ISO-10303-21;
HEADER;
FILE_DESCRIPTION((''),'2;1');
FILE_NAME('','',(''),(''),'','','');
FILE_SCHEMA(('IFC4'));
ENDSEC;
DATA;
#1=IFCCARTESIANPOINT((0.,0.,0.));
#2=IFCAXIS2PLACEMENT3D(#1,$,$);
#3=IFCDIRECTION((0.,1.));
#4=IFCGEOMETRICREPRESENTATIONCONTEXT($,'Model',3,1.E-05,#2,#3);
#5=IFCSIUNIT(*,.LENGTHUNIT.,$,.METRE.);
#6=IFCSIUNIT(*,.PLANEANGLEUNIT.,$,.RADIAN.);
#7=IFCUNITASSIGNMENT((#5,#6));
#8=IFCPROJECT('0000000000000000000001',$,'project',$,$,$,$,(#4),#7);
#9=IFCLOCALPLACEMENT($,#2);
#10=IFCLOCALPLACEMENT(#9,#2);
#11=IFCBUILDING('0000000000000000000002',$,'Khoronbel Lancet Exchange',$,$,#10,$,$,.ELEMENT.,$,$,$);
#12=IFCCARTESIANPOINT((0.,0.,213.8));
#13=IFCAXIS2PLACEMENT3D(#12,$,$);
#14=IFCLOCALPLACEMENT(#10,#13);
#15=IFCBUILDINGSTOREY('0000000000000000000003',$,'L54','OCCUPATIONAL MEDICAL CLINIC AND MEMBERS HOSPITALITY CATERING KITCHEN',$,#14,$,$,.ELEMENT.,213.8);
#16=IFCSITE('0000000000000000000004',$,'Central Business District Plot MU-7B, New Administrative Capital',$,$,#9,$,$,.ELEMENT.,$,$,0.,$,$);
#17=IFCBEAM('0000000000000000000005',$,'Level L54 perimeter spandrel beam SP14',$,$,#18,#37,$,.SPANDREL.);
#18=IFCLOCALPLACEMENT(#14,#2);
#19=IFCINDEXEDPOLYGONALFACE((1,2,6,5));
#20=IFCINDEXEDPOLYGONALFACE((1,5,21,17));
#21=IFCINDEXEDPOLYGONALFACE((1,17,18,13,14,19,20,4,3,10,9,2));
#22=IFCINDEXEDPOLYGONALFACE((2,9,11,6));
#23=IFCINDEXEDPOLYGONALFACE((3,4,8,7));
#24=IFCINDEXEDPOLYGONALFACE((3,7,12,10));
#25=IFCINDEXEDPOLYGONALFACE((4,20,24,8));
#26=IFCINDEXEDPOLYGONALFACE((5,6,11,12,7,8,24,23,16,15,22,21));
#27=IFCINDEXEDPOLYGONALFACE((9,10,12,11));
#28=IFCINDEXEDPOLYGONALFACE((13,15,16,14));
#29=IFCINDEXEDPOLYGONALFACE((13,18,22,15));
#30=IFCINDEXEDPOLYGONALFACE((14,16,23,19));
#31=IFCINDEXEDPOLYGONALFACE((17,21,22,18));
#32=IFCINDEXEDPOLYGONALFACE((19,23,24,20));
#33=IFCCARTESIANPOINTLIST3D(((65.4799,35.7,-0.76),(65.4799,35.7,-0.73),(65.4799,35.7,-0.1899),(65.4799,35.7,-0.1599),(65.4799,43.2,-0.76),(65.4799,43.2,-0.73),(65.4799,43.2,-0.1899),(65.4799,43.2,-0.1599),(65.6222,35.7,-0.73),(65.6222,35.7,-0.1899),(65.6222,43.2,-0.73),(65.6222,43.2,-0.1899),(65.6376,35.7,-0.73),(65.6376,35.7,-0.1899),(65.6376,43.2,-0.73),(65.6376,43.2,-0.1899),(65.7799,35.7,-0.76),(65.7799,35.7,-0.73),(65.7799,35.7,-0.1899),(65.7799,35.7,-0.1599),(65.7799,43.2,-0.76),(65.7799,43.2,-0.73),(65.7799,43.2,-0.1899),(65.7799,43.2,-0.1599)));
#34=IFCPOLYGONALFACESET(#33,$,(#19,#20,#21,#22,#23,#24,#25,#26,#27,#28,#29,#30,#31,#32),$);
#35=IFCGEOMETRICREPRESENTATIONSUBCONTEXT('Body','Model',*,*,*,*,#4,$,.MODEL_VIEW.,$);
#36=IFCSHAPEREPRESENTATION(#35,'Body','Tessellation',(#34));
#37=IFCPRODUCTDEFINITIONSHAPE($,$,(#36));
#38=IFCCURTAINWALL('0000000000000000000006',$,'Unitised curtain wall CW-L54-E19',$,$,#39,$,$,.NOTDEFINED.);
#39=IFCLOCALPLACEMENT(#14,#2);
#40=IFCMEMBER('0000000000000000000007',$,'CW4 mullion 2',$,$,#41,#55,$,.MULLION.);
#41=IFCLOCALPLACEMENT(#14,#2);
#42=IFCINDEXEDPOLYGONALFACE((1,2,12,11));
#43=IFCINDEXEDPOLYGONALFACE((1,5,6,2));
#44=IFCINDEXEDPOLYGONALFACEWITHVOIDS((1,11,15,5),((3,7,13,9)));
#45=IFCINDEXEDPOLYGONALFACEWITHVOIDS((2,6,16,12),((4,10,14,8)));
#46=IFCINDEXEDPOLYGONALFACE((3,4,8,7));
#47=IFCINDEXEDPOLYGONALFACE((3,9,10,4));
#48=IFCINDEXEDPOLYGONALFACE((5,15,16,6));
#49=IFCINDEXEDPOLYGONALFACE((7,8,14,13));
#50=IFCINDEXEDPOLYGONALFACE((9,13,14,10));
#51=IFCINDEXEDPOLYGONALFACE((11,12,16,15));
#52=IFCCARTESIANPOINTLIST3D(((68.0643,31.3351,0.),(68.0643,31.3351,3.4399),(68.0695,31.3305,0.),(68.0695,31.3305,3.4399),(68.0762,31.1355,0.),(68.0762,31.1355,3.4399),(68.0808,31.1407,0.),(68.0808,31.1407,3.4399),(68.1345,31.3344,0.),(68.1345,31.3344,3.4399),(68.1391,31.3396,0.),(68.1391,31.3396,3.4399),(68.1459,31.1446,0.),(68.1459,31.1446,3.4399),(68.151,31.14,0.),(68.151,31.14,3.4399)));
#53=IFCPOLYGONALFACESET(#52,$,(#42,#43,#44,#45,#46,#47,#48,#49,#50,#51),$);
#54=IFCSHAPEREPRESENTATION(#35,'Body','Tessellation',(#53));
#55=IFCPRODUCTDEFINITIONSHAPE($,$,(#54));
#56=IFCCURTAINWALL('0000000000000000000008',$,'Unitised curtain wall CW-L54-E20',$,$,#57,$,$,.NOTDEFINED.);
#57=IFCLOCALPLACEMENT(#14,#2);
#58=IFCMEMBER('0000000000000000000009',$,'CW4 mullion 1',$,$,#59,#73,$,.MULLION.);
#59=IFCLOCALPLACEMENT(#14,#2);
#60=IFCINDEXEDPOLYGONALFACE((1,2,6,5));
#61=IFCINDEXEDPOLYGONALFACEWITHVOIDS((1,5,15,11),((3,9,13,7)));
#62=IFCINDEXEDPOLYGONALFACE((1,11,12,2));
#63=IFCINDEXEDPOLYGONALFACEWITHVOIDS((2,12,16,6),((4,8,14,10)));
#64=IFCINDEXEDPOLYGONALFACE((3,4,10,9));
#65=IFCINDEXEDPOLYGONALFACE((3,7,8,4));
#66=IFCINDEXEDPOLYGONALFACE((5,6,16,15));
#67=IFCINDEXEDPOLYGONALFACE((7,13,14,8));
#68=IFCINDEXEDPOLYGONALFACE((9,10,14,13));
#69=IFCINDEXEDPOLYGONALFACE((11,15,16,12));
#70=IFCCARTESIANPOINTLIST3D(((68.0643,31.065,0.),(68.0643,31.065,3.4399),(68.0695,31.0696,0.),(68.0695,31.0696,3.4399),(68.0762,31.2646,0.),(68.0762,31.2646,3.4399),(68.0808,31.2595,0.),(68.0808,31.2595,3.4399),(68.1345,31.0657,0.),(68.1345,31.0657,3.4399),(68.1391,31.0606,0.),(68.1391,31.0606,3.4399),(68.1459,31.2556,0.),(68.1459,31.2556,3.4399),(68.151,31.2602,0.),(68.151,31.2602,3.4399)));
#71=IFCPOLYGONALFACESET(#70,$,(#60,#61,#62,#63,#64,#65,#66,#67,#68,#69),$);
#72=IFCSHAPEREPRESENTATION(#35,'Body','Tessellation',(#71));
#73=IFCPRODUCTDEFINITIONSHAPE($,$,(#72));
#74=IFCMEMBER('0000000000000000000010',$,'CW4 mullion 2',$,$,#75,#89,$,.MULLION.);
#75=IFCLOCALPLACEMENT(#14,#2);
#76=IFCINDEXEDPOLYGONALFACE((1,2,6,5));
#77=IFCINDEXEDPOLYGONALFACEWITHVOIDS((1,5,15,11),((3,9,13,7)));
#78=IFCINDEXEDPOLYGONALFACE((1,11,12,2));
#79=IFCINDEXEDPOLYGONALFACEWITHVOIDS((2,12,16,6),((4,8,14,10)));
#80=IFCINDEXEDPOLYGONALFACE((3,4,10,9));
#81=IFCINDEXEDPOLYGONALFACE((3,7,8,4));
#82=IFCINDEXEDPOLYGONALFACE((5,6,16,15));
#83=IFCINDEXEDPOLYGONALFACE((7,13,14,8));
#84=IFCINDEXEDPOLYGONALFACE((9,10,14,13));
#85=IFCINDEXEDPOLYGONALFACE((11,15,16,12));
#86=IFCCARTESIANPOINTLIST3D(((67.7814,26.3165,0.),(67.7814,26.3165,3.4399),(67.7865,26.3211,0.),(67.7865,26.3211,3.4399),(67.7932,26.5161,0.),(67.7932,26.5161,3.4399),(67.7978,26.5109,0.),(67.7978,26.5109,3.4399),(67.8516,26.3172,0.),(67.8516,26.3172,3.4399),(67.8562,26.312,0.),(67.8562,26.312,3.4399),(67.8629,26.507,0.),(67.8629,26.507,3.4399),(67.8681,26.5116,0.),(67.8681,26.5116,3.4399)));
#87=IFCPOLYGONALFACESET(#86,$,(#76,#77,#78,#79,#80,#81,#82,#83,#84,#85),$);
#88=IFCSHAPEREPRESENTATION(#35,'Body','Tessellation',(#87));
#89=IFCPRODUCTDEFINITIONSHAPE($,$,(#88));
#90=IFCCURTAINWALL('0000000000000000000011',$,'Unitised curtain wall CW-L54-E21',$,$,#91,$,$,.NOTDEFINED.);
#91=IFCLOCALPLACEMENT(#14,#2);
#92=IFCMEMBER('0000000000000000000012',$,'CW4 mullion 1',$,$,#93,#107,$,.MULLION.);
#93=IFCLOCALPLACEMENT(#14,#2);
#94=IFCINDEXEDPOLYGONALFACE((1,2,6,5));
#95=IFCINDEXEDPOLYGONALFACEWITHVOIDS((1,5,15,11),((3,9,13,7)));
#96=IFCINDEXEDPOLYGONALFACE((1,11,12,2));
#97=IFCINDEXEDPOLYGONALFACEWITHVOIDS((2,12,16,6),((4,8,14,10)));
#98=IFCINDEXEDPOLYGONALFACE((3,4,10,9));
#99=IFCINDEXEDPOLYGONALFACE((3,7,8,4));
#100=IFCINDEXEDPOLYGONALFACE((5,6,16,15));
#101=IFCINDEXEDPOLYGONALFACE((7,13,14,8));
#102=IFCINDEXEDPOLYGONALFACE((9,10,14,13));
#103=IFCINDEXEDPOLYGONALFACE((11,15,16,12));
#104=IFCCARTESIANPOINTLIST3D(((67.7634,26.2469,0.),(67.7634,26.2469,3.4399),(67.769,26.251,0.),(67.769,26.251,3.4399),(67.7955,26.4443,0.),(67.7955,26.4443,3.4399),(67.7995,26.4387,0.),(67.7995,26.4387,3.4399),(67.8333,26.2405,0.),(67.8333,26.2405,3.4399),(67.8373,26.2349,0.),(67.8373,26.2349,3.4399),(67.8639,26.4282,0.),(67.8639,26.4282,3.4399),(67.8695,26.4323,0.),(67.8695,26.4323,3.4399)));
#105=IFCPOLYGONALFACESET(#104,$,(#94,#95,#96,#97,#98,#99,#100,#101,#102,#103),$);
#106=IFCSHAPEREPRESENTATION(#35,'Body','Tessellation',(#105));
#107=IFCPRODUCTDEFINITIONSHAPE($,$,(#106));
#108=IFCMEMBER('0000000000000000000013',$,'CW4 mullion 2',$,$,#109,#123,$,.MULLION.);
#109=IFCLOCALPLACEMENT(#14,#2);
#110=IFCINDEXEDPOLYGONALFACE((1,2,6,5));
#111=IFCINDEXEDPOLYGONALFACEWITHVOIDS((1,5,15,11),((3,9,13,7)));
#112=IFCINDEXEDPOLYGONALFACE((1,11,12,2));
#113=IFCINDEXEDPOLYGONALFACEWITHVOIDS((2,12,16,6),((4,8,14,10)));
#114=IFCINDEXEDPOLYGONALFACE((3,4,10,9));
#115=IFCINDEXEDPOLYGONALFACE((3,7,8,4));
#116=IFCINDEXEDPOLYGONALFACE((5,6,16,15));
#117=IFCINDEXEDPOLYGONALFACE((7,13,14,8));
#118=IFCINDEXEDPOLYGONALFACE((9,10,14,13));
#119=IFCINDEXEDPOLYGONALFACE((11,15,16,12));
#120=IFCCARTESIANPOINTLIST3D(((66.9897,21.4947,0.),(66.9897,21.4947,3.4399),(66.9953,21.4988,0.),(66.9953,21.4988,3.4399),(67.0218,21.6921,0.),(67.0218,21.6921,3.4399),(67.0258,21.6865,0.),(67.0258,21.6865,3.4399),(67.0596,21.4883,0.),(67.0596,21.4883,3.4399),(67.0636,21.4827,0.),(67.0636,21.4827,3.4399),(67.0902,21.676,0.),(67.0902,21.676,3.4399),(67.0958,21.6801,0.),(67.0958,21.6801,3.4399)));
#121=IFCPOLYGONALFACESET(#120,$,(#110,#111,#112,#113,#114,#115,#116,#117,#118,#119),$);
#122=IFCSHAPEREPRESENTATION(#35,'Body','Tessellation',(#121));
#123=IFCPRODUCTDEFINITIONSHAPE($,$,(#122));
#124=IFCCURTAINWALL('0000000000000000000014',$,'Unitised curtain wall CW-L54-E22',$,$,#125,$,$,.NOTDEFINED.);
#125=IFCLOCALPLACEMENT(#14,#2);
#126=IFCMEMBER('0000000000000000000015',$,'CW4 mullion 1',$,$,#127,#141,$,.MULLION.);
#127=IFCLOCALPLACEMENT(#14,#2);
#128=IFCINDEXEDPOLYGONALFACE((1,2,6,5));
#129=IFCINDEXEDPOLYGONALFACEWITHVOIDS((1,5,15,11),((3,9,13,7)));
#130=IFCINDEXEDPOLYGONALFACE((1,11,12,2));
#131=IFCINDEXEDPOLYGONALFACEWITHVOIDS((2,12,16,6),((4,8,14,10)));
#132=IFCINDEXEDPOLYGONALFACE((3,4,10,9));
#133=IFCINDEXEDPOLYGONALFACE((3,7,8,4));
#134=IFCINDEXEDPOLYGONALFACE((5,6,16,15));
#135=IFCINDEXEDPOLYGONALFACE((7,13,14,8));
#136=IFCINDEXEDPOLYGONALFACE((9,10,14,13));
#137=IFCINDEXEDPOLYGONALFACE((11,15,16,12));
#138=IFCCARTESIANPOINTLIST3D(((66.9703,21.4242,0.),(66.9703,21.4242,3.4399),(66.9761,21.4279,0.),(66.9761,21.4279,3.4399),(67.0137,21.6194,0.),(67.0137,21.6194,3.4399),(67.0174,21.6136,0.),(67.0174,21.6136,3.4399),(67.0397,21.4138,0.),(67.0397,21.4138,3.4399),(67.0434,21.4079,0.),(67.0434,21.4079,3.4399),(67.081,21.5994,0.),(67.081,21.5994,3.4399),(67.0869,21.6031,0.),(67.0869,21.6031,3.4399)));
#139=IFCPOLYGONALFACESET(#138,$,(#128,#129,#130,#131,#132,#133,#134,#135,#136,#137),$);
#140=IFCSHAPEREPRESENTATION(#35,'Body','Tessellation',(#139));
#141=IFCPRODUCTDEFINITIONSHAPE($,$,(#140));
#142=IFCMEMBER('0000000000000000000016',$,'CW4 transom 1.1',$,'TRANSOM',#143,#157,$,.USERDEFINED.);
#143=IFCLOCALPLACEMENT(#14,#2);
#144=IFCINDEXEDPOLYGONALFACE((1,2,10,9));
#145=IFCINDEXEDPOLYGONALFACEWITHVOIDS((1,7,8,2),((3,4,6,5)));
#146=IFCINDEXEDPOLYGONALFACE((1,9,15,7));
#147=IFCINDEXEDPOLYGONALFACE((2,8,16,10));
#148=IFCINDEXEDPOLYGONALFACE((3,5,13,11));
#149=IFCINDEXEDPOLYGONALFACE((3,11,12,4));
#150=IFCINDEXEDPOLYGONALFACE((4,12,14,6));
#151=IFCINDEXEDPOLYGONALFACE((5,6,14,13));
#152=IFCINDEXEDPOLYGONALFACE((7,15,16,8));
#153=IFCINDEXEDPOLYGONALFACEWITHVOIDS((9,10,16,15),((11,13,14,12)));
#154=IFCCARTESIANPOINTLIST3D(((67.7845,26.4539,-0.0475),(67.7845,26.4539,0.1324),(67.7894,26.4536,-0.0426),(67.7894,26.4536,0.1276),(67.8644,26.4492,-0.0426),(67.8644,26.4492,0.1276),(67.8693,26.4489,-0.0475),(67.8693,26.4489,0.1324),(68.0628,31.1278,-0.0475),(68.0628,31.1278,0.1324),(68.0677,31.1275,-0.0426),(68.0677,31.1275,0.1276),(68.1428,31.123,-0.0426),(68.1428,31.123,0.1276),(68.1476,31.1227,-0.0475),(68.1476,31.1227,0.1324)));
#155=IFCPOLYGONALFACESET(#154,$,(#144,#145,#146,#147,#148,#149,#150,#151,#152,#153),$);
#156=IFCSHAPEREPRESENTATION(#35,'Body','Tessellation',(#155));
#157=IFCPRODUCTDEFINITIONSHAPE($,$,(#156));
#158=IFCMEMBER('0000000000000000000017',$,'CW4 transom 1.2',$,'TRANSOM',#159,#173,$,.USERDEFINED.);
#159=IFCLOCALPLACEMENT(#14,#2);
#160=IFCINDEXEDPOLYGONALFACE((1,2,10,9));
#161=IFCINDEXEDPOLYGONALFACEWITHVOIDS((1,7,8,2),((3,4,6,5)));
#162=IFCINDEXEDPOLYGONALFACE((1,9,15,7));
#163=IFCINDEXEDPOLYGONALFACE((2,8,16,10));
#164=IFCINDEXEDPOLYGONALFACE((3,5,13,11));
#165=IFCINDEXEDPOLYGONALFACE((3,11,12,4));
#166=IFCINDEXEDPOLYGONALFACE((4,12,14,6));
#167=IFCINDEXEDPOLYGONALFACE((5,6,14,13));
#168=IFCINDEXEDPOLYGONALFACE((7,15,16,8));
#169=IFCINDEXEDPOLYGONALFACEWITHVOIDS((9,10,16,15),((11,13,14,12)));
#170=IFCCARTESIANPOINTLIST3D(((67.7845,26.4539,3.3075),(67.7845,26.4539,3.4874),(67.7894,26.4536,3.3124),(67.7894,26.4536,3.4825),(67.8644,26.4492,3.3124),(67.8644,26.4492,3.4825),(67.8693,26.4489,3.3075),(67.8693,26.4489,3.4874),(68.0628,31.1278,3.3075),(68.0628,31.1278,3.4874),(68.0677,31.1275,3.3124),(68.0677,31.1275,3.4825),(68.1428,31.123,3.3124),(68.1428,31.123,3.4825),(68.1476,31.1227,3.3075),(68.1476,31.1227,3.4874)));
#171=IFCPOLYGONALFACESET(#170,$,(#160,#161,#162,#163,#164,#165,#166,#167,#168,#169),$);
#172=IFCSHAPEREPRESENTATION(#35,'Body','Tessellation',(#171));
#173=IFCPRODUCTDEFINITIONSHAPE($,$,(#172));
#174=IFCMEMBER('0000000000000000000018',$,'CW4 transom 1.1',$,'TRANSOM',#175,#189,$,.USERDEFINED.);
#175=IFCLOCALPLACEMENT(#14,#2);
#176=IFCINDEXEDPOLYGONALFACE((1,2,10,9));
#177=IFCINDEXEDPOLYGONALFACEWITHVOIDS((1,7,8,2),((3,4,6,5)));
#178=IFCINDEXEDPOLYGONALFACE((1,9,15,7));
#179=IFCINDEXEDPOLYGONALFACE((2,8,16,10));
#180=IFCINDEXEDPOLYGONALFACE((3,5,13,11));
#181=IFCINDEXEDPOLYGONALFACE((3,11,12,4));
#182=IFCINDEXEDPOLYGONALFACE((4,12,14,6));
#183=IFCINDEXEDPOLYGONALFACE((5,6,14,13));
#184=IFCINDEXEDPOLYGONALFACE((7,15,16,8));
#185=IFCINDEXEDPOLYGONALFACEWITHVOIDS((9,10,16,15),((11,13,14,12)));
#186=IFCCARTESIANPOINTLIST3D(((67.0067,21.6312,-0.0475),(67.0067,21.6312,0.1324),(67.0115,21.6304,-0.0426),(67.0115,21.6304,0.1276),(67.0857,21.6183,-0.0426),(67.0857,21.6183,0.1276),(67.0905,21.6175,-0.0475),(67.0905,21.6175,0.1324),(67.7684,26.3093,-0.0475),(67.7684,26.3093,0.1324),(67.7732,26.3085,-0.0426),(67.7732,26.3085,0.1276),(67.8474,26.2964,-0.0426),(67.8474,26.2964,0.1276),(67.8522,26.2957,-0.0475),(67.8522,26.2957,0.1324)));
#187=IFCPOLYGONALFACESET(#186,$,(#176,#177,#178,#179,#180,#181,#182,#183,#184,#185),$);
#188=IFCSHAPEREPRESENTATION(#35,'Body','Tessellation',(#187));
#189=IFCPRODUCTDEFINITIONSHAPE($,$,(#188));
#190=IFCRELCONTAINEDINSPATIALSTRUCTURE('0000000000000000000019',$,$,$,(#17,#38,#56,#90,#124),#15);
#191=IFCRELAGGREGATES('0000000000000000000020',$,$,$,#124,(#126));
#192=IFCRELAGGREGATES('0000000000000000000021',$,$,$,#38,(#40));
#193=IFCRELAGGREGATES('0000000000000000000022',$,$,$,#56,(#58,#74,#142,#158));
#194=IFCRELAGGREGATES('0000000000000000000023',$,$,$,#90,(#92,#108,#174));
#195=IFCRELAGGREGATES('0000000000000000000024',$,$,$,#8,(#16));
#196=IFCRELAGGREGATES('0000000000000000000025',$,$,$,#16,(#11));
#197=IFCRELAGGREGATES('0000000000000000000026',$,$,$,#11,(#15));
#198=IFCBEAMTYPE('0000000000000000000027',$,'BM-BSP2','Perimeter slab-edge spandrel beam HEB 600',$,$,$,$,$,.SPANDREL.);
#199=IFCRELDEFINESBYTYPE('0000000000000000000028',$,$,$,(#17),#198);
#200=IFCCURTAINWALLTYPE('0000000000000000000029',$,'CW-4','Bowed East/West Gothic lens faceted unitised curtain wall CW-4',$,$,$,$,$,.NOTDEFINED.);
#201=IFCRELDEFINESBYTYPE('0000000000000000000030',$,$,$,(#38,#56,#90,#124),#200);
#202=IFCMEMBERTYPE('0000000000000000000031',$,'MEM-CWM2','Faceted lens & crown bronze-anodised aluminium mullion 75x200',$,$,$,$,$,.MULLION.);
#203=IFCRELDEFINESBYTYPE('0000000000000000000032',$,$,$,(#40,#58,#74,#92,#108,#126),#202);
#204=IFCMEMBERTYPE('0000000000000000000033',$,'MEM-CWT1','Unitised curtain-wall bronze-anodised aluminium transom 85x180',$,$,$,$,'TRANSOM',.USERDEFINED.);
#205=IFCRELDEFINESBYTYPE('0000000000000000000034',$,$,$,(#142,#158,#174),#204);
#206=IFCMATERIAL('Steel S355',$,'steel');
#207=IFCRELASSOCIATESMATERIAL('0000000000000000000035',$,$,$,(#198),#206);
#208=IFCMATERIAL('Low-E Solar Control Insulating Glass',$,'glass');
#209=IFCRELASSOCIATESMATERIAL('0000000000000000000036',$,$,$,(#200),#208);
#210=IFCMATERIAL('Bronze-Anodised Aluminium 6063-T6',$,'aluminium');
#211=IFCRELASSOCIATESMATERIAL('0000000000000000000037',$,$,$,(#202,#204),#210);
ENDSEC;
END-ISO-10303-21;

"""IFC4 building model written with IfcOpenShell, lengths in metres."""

from ifc_helpers import new_model, si_unit, direction, frame, origin, origin_2d, place, context, subcontext, project, spatial, hollow_rectangle, i_section, extrude, material, material_profile, profile_set, type_object, element, aggregate, save


model = new_model("IFC4")

# Units and contexts
model_context = context("Model", 3, precision=1e-05, world=origin(), true_north=direction((0.0, 1.0)))
body_context = subcontext(model_context, "Body", "Model", "MODEL_VIEW")
ifc_project = project(units=[si_unit("LENGTHUNIT", "METRE"), si_unit("PLANEANGLEUNIT", "RADIAN")], contexts=[model_context])

# Site, building, storey
site_placement = place(None, origin())
site = spatial("IfcSite", under=ifc_project, at=site_placement, Name="Central Business District Plot MU-7B, New Administrative Capital", CompositionType="ELEMENT", RefElevation=0.0)
building_placement = place(site_placement, origin())
building = spatial("IfcBuilding", under=site, at=building_placement, Name="Khoronbel Lancet Exchange", CompositionType="ELEMENT")
storey_placement = place(building_placement, frame((0.0, 0.0, 213.8)))
storey = spatial("IfcBuildingStorey", under=building, at=storey_placement, Name="L54", Description="OCCUPATIONAL MEDICAL CLINIC AND MEMBERS HOSPITALITY CATERING KITCHEN", CompositionType="ELEMENT", Elevation=213.8)

# Shared definitions
ifc_material_1 = material(Name="Steel S355", Category="steel")

# Beam
ifc_material_profile_1 = material_profile(ifc_material_1, i_section(OverallWidth=0.3, OverallDepth=0.6001, WebThickness=0.0154, FlangeThickness=0.03, at=origin_2d()), Name="HEB 600")
ifc_profile_set_1 = profile_set([ifc_material_profile_1], Name="Steel S355")
beam_type_1 = type_object("IfcBeamType", Name="BM-BSP2", Description="Perimeter slab-edge spandrel beam HEB 600", PredefinedType="SPANDREL", material=ifc_profile_set_1)
beam_1_placement = place(storey_placement, frame((65.6299, 35.7, -0.46), z_axis=(0.0, 1.0, 0.0), x_axis=(-1.0, 0.0, 0.0)))
element("IfcBeam", 1, at=beam_1_placement, inside=storey, type_object=beam_type_1, Name="Level L54 perimeter spandrel beam SP14", PredefinedType="SPANDREL", context=body_context, shape_type="SweptSolid", body=[
    extrude(i_section(OverallWidth=0.3, OverallDepth=0.6001, WebThickness=0.0154, FlangeThickness=0.03, at=origin_2d()), origin(), (0.0, 0.0, 1.0), 7.5),
])

# Curtain wall, member
ifc_material_2 = material(Name="Low-E Solar Control Insulating Glass", Category="glass")
curtain_wall_type = type_object("IfcCurtainWallType", Name="CW-4", Description="Bowed East/West Gothic lens faceted unitised curtain wall CW-4", PredefinedType="NOTDEFINED", material=ifc_material_2)
curtain_wall_1_placement = place(storey_placement, origin())
curtain_wall_1 = element("IfcCurtainWall", 2, at=curtain_wall_1_placement, inside=storey, type_object=curtain_wall_type, Name="Unitised curtain wall CW-L54-E19", PredefinedType="NOTDEFINED")
ifc_material_3 = material(Name="Bronze-Anodised Aluminium 6063-T6", Category="aluminium")
ifc_material_profile_2 = material_profile(ifc_material_3, hollow_rectangle(XDim=0.075, YDim=0.2, WallThickness=0.0049, at=origin_2d()), Name="ALU MULLION 75x200")
ifc_profile_set_2 = profile_set([ifc_material_profile_2], Name="Bronze-Anodised Aluminium 6063-T6")
member_type_1 = type_object("IfcMemberType", Name="MEM-CWM2", Description="Faceted lens & crown bronze-anodised aluminium mullion 75x200", PredefinedType="MULLION", material=ifc_profile_set_2)
member_1_placement = place(storey_placement, frame((68.1077, 31.2375, 0.0), z_axis=(0.0, 0.0, 1.0), x_axis=(0.99823, 0.059479, 0.0)))
member_1 = element("IfcMember", 3, at=member_1_placement, type_object=member_type_1, Name="CW4 mullion 2", PredefinedType="MULLION", context=body_context, shape_type="SweptSolid", body=[
    extrude(hollow_rectangle(XDim=0.075, YDim=0.2, WallThickness=0.0049, at=origin_2d()), origin(), (0.0, 0.0, 1.0), 3.4399),
])

# Curtain walls, members
curtain_wall_2_placement = place(storey_placement, origin())
curtain_wall_2 = element("IfcCurtainWall", 4, at=curtain_wall_2_placement, inside=storey, type_object=curtain_wall_type, Name="Unitised curtain wall CW-L54-E20", PredefinedType="NOTDEFINED")
member_2_placement = place(storey_placement, frame((68.1077, 31.1626, 0.0), z_axis=(0.0, 0.0, 1.0), x_axis=(0.99823, -0.059479, 0.0)))
member_2 = element("IfcMember", 5, at=member_2_placement, type_object=member_type_1, Name="CW4 mullion 1", PredefinedType="MULLION", context=body_context, shape_type="SweptSolid", body=[
    extrude(hollow_rectangle(XDim=0.075, YDim=0.2, WallThickness=0.0049, at=origin_2d()), origin(), (0.0, 0.0, 1.0), 3.4399),
])
member_3_placement = place(storey_placement, frame((67.8247, 26.4141, 0.0), z_axis=(0.0, 0.0, 1.0), x_axis=(0.99823, -0.059479, 0.0)))
member_3 = element("IfcMember", 6, at=member_3_placement, type_object=member_type_1, Name="CW4 mullion 2", PredefinedType="MULLION", context=body_context, shape_type="SweptSolid", body=[
    extrude(hollow_rectangle(XDim=0.075, YDim=0.2, WallThickness=0.0049, at=origin_2d()), origin(), (0.0, 0.0, 1.0), 3.4399),
])
curtain_wall_3_placement = place(storey_placement, origin())
curtain_wall_3 = element("IfcCurtainWall", 7, at=curtain_wall_3_placement, inside=storey, type_object=curtain_wall_type, Name="Unitised curtain wall CW-L54-E21", PredefinedType="NOTDEFINED")
member_4_placement = place(storey_placement, frame((67.8164, 26.3396, 0.0), z_axis=(0.0, 0.0, 1.0), x_axis=(0.987003, -0.1607, 0.0)))
member_4 = element("IfcMember", 8, at=member_4_placement, type_object=member_type_1, Name="CW4 mullion 1", PredefinedType="MULLION", context=body_context, shape_type="SweptSolid", body=[
    extrude(hollow_rectangle(XDim=0.075, YDim=0.2, WallThickness=0.0049, at=origin_2d()), origin(), (0.0, 0.0, 1.0), 3.4399),
])
member_5_placement = place(storey_placement, frame((67.0427, 21.5874, 0.0), z_axis=(0.0, 0.0, 1.0), x_axis=(0.987003, -0.1607, 0.0)))
member_5 = element("IfcMember", 9, at=member_5_placement, type_object=member_type_1, Name="CW4 mullion 2", PredefinedType="MULLION", context=body_context, shape_type="SweptSolid", body=[
    extrude(hollow_rectangle(XDim=0.075, YDim=0.2, WallThickness=0.0049, at=origin_2d()), origin(), (0.0, 0.0, 1.0), 3.4399),
])

# Curtain wall, member
curtain_wall_4_placement = place(storey_placement, origin())
curtain_wall_4 = element("IfcCurtainWall", 10, at=curtain_wall_4_placement, inside=storey, type_object=curtain_wall_type, Name="Unitised curtain wall CW-L54-E22", PredefinedType="NOTDEFINED")
member_6_placement = place(storey_placement, frame((67.0286, 21.5137, 0.0), z_axis=(0.0, 0.0, 1.0), x_axis=(0.976146, -0.217114, 0.0)))
member_6 = element("IfcMember", 11, at=member_6_placement, type_object=member_type_1, Name="CW4 mullion 1", PredefinedType="MULLION", context=body_context, shape_type="SweptSolid", body=[
    extrude(hollow_rectangle(XDim=0.075, YDim=0.2, WallThickness=0.0049, at=origin_2d()), origin(), (0.0, 0.0, 1.0), 3.4399),
])

# Members
ifc_material_profile_3 = material_profile(ifc_material_3, hollow_rectangle(XDim=0.085, YDim=0.1799, WallThickness=0.0049, at=origin_2d()), Name="ALU TRANSOM 85x180")
ifc_profile_set_3 = profile_set([ifc_material_profile_3], Name="Bronze-Anodised Aluminium 6063-T6")
member_type_2 = type_object("IfcMemberType", Name="MEM-CWT1", Description="Unitised curtain-wall bronze-anodised aluminium transom 85x180", ElementType="TRANSOM", PredefinedType="USERDEFINED", material=ifc_profile_set_3)
member_7_placement = place(storey_placement, frame((68.1052, 31.1252, 0.0425), z_axis=(-0.059443, -0.998232, 0.0), x_axis=(0.998232, -0.059443, 0.0)))
member_7 = element("IfcMember", 12, at=member_7_placement, type_object=member_type_2, Name="CW4 transom 1.1", ObjectType="TRANSOM", PredefinedType="USERDEFINED", context=body_context, shape_type="SweptSolid", body=[
    extrude(hollow_rectangle(XDim=0.085, YDim=0.1799, WallThickness=0.0049, at=origin_2d()), origin(), (0.0, 0.0, 1.0), 4.6821),
])
member_8_placement = place(storey_placement, frame((68.1052, 31.1252, 3.3975), z_axis=(-0.059443, -0.998232, 0.0), x_axis=(0.998232, -0.059443, 0.0)))
member_8 = element("IfcMember", 13, at=member_8_placement, type_object=member_type_2, Name="CW4 transom 1.2", ObjectType="TRANSOM", PredefinedType="USERDEFINED", context=body_context, shape_type="SweptSolid", body=[
    extrude(hollow_rectangle(XDim=0.085, YDim=0.1799, WallThickness=0.0049, at=origin_2d()), origin(), (0.0, 0.0, 1.0), 4.6821),
])
member_9_placement = place(storey_placement, frame((67.8103, 26.3025, 0.0425), z_axis=(-0.160706, -0.987002, 0.0), x_axis=(0.987002, -0.160706, 0.0)))
member_9 = element("IfcMember", 14, at=member_9_placement, type_object=member_type_2, Name="CW4 transom 1.1", ObjectType="TRANSOM", PredefinedType="USERDEFINED", context=body_context, shape_type="SweptSolid", body=[
    extrude(hollow_rectangle(XDim=0.085, YDim=0.1799, WallThickness=0.0049, at=origin_2d()), origin(), (0.0, 0.0, 1.0), 4.7397),
])
aggregate(curtain_wall_4, [member_6])

aggregate(curtain_wall_1, [member_1])
aggregate(curtain_wall_2, [member_2, member_3, member_7, member_8])
aggregate(curtain_wall_3, [member_4, member_5, member_9])

save(model, "model.ifc")
